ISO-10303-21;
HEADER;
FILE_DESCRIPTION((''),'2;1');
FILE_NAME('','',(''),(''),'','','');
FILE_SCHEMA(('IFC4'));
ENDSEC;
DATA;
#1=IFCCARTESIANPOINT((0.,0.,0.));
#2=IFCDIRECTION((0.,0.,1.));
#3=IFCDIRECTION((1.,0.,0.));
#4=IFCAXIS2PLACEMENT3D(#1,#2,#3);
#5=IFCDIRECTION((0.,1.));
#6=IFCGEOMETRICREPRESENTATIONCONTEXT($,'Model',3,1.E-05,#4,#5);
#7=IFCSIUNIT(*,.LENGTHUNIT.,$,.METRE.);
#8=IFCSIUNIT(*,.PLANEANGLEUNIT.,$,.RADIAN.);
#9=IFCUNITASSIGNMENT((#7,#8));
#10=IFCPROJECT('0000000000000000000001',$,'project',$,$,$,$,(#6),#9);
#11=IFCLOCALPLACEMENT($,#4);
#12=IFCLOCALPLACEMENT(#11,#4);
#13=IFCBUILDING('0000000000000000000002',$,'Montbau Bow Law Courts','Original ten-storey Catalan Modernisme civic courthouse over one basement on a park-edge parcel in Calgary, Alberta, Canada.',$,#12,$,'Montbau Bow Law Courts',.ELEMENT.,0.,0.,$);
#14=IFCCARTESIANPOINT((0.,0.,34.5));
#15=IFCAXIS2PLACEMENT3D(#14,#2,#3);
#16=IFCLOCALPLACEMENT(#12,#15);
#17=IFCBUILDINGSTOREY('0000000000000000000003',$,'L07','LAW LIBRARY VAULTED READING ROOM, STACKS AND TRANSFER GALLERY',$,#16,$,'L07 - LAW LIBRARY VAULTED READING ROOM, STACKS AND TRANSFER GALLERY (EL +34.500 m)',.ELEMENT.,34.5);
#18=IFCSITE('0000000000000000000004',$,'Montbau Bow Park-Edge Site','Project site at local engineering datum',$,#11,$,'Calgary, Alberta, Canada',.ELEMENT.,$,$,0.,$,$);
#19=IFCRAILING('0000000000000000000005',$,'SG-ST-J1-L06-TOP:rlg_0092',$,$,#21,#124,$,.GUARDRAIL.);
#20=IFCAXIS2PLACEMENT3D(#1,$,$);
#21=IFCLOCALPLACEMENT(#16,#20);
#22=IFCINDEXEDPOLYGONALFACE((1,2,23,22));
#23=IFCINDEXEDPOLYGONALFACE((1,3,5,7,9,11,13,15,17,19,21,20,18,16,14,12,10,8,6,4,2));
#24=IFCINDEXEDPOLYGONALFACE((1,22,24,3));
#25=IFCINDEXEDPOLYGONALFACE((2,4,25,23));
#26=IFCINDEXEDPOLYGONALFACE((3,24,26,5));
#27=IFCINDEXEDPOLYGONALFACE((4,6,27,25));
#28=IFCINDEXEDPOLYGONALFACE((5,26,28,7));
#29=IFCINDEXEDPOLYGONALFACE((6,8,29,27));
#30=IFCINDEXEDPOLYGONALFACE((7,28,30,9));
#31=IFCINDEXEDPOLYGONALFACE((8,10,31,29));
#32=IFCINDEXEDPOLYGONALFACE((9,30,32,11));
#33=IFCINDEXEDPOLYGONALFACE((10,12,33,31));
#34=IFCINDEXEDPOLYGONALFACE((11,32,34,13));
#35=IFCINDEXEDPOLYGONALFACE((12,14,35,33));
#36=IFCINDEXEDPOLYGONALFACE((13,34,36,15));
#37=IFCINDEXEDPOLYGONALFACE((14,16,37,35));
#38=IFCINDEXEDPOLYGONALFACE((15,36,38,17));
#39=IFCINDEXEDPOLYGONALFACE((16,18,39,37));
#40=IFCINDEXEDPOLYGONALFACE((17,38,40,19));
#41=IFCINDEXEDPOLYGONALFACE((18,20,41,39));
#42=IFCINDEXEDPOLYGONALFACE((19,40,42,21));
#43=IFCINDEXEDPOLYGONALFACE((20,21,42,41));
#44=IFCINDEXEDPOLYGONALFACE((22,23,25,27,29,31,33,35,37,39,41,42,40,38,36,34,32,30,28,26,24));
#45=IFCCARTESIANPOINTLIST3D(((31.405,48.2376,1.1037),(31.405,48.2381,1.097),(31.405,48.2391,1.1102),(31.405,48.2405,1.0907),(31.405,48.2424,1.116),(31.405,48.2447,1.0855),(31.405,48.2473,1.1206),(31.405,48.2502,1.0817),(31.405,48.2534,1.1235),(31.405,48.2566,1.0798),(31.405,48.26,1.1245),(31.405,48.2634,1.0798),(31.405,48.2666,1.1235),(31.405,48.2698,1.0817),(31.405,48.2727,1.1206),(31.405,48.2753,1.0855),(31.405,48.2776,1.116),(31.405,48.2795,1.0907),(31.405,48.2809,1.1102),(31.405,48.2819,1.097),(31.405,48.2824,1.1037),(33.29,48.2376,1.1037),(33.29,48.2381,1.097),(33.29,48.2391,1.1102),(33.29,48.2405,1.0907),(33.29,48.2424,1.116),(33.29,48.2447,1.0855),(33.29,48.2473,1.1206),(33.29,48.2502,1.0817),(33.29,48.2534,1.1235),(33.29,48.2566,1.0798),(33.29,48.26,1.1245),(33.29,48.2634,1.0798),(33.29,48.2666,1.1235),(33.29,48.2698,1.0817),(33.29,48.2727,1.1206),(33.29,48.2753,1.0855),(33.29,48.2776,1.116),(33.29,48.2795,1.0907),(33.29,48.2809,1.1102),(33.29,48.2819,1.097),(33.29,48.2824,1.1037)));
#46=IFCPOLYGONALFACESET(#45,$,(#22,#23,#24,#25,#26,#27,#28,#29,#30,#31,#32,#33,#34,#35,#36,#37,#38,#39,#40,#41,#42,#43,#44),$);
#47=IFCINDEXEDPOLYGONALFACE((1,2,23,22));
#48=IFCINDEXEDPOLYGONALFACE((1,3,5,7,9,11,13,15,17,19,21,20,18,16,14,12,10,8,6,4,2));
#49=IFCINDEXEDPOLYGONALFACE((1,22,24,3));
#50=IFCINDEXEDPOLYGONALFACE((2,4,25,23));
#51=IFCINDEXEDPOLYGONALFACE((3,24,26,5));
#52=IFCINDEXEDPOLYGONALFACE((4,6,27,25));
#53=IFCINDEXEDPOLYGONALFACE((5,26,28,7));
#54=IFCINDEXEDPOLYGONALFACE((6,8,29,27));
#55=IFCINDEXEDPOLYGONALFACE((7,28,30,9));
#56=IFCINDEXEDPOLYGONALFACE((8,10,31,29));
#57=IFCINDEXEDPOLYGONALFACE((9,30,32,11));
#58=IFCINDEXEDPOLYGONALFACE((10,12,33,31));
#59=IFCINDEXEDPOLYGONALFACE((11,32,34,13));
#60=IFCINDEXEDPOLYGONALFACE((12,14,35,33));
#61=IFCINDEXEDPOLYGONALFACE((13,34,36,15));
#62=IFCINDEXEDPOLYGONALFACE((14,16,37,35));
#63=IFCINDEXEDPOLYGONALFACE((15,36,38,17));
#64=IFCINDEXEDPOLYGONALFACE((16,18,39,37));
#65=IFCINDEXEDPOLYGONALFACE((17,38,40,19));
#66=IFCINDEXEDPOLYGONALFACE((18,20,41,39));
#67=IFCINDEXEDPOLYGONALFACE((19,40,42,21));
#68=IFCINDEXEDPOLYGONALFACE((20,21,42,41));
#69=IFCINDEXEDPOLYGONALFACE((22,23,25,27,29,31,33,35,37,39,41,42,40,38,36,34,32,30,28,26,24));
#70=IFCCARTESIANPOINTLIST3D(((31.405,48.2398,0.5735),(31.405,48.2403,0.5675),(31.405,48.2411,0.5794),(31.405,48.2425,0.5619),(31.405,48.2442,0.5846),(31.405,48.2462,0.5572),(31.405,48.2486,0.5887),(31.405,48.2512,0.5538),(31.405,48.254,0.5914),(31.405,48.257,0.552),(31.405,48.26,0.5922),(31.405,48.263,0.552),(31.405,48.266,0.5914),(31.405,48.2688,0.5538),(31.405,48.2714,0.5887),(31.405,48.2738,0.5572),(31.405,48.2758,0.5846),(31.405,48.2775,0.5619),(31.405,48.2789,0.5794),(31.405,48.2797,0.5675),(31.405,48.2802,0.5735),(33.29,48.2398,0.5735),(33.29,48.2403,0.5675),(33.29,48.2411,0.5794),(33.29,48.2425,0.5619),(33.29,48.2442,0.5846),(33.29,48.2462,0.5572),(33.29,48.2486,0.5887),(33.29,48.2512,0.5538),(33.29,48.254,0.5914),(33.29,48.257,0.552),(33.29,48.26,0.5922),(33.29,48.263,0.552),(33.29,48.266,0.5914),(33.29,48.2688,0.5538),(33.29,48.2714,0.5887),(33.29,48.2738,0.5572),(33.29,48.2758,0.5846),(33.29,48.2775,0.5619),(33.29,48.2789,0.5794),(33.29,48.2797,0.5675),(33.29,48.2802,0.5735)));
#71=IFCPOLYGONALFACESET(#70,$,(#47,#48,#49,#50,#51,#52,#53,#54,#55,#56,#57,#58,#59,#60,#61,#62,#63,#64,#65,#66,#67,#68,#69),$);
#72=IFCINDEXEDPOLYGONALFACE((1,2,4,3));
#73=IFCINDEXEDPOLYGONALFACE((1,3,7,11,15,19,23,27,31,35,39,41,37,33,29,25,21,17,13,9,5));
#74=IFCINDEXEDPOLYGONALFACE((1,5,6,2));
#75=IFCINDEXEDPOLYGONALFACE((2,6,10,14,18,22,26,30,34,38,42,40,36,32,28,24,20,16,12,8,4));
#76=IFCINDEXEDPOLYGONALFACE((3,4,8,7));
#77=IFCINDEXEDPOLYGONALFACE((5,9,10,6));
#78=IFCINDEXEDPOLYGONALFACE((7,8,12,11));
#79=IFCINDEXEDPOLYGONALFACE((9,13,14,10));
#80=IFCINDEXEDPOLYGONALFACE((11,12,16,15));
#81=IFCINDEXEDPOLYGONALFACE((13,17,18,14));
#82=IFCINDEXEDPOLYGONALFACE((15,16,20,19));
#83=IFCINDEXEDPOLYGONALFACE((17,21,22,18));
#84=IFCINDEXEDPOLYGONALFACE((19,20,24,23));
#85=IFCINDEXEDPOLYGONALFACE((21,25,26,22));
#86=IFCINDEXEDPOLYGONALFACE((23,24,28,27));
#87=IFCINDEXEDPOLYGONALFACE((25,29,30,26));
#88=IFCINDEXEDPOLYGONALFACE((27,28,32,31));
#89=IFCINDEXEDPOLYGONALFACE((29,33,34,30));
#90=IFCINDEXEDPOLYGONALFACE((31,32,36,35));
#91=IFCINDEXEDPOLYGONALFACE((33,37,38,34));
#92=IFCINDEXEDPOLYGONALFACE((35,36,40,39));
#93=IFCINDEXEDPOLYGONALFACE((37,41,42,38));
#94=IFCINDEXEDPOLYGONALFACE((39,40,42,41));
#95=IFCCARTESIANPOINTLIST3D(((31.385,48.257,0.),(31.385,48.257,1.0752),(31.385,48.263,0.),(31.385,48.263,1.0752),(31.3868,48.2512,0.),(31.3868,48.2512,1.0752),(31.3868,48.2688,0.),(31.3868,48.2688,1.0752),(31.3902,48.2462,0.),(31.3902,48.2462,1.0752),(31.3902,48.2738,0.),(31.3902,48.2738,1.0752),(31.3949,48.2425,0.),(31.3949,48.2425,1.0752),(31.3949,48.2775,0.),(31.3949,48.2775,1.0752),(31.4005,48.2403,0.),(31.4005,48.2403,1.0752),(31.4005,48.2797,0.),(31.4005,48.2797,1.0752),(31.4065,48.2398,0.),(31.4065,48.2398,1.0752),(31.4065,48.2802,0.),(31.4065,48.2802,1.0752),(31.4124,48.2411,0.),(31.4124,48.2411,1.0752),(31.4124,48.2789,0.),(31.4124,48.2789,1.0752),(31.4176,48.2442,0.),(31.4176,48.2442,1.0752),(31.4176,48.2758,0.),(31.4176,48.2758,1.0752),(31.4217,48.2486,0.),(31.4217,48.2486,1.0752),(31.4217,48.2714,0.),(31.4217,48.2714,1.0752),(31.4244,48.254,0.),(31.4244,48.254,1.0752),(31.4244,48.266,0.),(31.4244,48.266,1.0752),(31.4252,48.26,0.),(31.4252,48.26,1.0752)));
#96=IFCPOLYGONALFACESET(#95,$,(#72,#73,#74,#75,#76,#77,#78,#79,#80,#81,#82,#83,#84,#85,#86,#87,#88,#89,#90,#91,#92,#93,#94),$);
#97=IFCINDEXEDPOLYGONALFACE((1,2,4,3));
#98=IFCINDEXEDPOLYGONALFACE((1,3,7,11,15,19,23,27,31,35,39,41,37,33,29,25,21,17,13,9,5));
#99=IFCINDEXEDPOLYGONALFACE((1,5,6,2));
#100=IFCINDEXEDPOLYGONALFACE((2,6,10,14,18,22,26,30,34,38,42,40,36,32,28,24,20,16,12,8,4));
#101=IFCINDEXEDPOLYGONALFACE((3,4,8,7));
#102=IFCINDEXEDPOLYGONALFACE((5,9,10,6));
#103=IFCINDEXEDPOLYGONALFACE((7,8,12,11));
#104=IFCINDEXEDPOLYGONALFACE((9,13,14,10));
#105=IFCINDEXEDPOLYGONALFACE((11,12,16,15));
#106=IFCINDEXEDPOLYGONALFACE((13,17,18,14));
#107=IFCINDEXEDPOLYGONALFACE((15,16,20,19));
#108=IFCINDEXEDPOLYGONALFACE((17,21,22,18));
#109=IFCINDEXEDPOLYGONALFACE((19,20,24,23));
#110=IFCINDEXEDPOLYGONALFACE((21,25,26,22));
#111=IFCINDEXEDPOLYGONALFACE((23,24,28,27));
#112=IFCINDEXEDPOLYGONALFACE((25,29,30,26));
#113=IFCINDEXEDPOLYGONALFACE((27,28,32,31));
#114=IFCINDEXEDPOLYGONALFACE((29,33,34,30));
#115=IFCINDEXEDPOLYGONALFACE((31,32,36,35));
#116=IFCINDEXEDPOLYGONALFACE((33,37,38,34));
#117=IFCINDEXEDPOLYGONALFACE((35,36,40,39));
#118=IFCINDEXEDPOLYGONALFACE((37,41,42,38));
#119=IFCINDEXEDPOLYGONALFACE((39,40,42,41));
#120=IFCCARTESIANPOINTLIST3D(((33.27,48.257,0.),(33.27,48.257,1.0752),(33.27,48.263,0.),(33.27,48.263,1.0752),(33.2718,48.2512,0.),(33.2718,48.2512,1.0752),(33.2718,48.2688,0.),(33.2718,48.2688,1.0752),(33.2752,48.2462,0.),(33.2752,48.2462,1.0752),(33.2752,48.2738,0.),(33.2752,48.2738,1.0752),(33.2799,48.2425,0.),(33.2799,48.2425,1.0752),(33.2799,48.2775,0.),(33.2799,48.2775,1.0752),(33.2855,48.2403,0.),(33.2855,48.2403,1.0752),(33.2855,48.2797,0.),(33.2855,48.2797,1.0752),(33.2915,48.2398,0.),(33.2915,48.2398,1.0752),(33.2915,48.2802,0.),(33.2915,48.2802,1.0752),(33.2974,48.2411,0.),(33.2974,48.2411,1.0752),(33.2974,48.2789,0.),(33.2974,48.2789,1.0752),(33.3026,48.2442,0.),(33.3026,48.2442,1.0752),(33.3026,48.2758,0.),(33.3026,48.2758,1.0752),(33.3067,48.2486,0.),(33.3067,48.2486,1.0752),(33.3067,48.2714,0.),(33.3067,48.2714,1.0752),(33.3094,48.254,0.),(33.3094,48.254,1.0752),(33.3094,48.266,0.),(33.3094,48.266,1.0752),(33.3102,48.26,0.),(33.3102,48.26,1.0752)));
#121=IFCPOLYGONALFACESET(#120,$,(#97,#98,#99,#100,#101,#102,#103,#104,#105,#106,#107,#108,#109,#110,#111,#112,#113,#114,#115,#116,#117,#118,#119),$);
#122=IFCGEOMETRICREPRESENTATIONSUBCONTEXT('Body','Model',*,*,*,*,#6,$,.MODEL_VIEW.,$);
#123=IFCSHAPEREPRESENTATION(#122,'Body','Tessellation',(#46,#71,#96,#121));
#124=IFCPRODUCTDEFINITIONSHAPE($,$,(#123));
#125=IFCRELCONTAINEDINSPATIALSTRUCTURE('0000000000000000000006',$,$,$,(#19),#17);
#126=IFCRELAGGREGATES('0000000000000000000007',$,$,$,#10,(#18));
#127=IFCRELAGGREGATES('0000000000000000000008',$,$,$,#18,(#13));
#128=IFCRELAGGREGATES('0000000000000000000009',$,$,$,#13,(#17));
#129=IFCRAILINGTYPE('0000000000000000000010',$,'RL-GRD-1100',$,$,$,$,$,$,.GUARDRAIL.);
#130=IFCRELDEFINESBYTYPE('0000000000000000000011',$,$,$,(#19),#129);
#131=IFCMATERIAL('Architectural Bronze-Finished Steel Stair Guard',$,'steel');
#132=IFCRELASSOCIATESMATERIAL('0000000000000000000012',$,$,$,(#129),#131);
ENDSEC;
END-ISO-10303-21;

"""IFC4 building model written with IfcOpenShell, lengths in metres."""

from ifc_helpers import new_model, si_unit, direction, frame, origin_with_axes, origin_2d_with_axis, place, context, subcontext, project, spatial, circle, extrude, material, type_object, element, save


model = new_model("IFC4")

# Units and contexts
model_context = context("Model", 3, precision=1e-05, world=origin_with_axes(), true_north=direction((0.0, 1.0)))
body_context = subcontext(model_context, "Body", "Model", "MODEL_VIEW")
ifc_project = project(units=[si_unit("LENGTHUNIT", "METRE"), si_unit("PLANEANGLEUNIT", "RADIAN")], contexts=[model_context])

# Site, building, storey
site_placement = place(None, origin_with_axes())
site = spatial("IfcSite", under=ifc_project, at=site_placement, Name="Montbau Bow Park-Edge Site", Description="Project site at local engineering datum", LongName="Calgary, Alberta, Canada", CompositionType="ELEMENT", RefElevation=0.0)
building_placement = place(site_placement, origin_with_axes())
building = spatial("IfcBuilding", under=site, at=building_placement, Name="Montbau Bow Law Courts", Description="Original ten-storey Catalan Modernisme civic courthouse over one basement on a park-edge parcel in Calgary, Alberta, Canada.", LongName="Montbau Bow Law Courts", CompositionType="ELEMENT", ElevationOfRefHeight=0.0, ElevationOfTerrain=0.0)
storey_placement = place(building_placement, frame((0.0, 0.0, 34.5), z_axis=(0.0, 0.0, 1.0), x_axis=(1.0, 0.0, 0.0)))
storey = spatial("IfcBuildingStorey", under=building, at=storey_placement, Name="L07", Description="LAW LIBRARY VAULTED READING ROOM, STACKS AND TRANSFER GALLERY", LongName="L07 - LAW LIBRARY VAULTED READING ROOM, STACKS AND TRANSFER GALLERY (EL +34.500 m)", CompositionType="ELEMENT", Elevation=34.5)

# Railing
ifc_material_1 = material(Name="Architectural Bronze-Finished Steel Stair Guard", Category="steel")
railing_type_1 = type_object("IfcRailingType", Name="RL-GRD-1100", PredefinedType="GUARDRAIL", material=ifc_material_1)
railing_1_placement = place(None, origin_with_axes())
element("IfcRailing", 1, at=railing_1_placement, inside=storey, type_object=railing_type_1, Name="SG-ST-J1-L06-TOP:rlg_0092", PredefinedType="GUARDRAIL", context=body_context, shape_type="SweptSolid", body=[
    extrude(circle(Radius=0.0225, at=origin_2d_with_axis()), frame((31.405, 48.26, 35.602), z_axis=(1.0, 0.0, 0.0), x_axis=(0.0, 0.0, 1.0)), (0.0, 0.0, 1.0), 1.885),
    extrude(circle(Radius=0.0203, at=origin_2d_with_axis()), frame((31.405, 48.26, 35.072), z_axis=(1.0, 0.0, 0.0), x_axis=(0.0, 0.0, 1.0)), (0.0, 0.0, 1.0), 1.885),
    extrude(circle(Radius=0.0203, at=origin_2d_with_axis()), frame((31.405, 48.26, 34.5), z_axis=(0.0, 0.0, 1.0), x_axis=(1.0, 0.0, 0.0)), (0.0, 0.0, 1.0), 1.0753),
    extrude(circle(Radius=0.0203, at=origin_2d_with_axis()), frame((33.29, 48.26, 34.5), z_axis=(0.0, 0.0, 1.0), x_axis=(1.0, 0.0, 0.0)), (0.0, 0.0, 1.0), 1.0753),
])

save(model, "model.ifc")
